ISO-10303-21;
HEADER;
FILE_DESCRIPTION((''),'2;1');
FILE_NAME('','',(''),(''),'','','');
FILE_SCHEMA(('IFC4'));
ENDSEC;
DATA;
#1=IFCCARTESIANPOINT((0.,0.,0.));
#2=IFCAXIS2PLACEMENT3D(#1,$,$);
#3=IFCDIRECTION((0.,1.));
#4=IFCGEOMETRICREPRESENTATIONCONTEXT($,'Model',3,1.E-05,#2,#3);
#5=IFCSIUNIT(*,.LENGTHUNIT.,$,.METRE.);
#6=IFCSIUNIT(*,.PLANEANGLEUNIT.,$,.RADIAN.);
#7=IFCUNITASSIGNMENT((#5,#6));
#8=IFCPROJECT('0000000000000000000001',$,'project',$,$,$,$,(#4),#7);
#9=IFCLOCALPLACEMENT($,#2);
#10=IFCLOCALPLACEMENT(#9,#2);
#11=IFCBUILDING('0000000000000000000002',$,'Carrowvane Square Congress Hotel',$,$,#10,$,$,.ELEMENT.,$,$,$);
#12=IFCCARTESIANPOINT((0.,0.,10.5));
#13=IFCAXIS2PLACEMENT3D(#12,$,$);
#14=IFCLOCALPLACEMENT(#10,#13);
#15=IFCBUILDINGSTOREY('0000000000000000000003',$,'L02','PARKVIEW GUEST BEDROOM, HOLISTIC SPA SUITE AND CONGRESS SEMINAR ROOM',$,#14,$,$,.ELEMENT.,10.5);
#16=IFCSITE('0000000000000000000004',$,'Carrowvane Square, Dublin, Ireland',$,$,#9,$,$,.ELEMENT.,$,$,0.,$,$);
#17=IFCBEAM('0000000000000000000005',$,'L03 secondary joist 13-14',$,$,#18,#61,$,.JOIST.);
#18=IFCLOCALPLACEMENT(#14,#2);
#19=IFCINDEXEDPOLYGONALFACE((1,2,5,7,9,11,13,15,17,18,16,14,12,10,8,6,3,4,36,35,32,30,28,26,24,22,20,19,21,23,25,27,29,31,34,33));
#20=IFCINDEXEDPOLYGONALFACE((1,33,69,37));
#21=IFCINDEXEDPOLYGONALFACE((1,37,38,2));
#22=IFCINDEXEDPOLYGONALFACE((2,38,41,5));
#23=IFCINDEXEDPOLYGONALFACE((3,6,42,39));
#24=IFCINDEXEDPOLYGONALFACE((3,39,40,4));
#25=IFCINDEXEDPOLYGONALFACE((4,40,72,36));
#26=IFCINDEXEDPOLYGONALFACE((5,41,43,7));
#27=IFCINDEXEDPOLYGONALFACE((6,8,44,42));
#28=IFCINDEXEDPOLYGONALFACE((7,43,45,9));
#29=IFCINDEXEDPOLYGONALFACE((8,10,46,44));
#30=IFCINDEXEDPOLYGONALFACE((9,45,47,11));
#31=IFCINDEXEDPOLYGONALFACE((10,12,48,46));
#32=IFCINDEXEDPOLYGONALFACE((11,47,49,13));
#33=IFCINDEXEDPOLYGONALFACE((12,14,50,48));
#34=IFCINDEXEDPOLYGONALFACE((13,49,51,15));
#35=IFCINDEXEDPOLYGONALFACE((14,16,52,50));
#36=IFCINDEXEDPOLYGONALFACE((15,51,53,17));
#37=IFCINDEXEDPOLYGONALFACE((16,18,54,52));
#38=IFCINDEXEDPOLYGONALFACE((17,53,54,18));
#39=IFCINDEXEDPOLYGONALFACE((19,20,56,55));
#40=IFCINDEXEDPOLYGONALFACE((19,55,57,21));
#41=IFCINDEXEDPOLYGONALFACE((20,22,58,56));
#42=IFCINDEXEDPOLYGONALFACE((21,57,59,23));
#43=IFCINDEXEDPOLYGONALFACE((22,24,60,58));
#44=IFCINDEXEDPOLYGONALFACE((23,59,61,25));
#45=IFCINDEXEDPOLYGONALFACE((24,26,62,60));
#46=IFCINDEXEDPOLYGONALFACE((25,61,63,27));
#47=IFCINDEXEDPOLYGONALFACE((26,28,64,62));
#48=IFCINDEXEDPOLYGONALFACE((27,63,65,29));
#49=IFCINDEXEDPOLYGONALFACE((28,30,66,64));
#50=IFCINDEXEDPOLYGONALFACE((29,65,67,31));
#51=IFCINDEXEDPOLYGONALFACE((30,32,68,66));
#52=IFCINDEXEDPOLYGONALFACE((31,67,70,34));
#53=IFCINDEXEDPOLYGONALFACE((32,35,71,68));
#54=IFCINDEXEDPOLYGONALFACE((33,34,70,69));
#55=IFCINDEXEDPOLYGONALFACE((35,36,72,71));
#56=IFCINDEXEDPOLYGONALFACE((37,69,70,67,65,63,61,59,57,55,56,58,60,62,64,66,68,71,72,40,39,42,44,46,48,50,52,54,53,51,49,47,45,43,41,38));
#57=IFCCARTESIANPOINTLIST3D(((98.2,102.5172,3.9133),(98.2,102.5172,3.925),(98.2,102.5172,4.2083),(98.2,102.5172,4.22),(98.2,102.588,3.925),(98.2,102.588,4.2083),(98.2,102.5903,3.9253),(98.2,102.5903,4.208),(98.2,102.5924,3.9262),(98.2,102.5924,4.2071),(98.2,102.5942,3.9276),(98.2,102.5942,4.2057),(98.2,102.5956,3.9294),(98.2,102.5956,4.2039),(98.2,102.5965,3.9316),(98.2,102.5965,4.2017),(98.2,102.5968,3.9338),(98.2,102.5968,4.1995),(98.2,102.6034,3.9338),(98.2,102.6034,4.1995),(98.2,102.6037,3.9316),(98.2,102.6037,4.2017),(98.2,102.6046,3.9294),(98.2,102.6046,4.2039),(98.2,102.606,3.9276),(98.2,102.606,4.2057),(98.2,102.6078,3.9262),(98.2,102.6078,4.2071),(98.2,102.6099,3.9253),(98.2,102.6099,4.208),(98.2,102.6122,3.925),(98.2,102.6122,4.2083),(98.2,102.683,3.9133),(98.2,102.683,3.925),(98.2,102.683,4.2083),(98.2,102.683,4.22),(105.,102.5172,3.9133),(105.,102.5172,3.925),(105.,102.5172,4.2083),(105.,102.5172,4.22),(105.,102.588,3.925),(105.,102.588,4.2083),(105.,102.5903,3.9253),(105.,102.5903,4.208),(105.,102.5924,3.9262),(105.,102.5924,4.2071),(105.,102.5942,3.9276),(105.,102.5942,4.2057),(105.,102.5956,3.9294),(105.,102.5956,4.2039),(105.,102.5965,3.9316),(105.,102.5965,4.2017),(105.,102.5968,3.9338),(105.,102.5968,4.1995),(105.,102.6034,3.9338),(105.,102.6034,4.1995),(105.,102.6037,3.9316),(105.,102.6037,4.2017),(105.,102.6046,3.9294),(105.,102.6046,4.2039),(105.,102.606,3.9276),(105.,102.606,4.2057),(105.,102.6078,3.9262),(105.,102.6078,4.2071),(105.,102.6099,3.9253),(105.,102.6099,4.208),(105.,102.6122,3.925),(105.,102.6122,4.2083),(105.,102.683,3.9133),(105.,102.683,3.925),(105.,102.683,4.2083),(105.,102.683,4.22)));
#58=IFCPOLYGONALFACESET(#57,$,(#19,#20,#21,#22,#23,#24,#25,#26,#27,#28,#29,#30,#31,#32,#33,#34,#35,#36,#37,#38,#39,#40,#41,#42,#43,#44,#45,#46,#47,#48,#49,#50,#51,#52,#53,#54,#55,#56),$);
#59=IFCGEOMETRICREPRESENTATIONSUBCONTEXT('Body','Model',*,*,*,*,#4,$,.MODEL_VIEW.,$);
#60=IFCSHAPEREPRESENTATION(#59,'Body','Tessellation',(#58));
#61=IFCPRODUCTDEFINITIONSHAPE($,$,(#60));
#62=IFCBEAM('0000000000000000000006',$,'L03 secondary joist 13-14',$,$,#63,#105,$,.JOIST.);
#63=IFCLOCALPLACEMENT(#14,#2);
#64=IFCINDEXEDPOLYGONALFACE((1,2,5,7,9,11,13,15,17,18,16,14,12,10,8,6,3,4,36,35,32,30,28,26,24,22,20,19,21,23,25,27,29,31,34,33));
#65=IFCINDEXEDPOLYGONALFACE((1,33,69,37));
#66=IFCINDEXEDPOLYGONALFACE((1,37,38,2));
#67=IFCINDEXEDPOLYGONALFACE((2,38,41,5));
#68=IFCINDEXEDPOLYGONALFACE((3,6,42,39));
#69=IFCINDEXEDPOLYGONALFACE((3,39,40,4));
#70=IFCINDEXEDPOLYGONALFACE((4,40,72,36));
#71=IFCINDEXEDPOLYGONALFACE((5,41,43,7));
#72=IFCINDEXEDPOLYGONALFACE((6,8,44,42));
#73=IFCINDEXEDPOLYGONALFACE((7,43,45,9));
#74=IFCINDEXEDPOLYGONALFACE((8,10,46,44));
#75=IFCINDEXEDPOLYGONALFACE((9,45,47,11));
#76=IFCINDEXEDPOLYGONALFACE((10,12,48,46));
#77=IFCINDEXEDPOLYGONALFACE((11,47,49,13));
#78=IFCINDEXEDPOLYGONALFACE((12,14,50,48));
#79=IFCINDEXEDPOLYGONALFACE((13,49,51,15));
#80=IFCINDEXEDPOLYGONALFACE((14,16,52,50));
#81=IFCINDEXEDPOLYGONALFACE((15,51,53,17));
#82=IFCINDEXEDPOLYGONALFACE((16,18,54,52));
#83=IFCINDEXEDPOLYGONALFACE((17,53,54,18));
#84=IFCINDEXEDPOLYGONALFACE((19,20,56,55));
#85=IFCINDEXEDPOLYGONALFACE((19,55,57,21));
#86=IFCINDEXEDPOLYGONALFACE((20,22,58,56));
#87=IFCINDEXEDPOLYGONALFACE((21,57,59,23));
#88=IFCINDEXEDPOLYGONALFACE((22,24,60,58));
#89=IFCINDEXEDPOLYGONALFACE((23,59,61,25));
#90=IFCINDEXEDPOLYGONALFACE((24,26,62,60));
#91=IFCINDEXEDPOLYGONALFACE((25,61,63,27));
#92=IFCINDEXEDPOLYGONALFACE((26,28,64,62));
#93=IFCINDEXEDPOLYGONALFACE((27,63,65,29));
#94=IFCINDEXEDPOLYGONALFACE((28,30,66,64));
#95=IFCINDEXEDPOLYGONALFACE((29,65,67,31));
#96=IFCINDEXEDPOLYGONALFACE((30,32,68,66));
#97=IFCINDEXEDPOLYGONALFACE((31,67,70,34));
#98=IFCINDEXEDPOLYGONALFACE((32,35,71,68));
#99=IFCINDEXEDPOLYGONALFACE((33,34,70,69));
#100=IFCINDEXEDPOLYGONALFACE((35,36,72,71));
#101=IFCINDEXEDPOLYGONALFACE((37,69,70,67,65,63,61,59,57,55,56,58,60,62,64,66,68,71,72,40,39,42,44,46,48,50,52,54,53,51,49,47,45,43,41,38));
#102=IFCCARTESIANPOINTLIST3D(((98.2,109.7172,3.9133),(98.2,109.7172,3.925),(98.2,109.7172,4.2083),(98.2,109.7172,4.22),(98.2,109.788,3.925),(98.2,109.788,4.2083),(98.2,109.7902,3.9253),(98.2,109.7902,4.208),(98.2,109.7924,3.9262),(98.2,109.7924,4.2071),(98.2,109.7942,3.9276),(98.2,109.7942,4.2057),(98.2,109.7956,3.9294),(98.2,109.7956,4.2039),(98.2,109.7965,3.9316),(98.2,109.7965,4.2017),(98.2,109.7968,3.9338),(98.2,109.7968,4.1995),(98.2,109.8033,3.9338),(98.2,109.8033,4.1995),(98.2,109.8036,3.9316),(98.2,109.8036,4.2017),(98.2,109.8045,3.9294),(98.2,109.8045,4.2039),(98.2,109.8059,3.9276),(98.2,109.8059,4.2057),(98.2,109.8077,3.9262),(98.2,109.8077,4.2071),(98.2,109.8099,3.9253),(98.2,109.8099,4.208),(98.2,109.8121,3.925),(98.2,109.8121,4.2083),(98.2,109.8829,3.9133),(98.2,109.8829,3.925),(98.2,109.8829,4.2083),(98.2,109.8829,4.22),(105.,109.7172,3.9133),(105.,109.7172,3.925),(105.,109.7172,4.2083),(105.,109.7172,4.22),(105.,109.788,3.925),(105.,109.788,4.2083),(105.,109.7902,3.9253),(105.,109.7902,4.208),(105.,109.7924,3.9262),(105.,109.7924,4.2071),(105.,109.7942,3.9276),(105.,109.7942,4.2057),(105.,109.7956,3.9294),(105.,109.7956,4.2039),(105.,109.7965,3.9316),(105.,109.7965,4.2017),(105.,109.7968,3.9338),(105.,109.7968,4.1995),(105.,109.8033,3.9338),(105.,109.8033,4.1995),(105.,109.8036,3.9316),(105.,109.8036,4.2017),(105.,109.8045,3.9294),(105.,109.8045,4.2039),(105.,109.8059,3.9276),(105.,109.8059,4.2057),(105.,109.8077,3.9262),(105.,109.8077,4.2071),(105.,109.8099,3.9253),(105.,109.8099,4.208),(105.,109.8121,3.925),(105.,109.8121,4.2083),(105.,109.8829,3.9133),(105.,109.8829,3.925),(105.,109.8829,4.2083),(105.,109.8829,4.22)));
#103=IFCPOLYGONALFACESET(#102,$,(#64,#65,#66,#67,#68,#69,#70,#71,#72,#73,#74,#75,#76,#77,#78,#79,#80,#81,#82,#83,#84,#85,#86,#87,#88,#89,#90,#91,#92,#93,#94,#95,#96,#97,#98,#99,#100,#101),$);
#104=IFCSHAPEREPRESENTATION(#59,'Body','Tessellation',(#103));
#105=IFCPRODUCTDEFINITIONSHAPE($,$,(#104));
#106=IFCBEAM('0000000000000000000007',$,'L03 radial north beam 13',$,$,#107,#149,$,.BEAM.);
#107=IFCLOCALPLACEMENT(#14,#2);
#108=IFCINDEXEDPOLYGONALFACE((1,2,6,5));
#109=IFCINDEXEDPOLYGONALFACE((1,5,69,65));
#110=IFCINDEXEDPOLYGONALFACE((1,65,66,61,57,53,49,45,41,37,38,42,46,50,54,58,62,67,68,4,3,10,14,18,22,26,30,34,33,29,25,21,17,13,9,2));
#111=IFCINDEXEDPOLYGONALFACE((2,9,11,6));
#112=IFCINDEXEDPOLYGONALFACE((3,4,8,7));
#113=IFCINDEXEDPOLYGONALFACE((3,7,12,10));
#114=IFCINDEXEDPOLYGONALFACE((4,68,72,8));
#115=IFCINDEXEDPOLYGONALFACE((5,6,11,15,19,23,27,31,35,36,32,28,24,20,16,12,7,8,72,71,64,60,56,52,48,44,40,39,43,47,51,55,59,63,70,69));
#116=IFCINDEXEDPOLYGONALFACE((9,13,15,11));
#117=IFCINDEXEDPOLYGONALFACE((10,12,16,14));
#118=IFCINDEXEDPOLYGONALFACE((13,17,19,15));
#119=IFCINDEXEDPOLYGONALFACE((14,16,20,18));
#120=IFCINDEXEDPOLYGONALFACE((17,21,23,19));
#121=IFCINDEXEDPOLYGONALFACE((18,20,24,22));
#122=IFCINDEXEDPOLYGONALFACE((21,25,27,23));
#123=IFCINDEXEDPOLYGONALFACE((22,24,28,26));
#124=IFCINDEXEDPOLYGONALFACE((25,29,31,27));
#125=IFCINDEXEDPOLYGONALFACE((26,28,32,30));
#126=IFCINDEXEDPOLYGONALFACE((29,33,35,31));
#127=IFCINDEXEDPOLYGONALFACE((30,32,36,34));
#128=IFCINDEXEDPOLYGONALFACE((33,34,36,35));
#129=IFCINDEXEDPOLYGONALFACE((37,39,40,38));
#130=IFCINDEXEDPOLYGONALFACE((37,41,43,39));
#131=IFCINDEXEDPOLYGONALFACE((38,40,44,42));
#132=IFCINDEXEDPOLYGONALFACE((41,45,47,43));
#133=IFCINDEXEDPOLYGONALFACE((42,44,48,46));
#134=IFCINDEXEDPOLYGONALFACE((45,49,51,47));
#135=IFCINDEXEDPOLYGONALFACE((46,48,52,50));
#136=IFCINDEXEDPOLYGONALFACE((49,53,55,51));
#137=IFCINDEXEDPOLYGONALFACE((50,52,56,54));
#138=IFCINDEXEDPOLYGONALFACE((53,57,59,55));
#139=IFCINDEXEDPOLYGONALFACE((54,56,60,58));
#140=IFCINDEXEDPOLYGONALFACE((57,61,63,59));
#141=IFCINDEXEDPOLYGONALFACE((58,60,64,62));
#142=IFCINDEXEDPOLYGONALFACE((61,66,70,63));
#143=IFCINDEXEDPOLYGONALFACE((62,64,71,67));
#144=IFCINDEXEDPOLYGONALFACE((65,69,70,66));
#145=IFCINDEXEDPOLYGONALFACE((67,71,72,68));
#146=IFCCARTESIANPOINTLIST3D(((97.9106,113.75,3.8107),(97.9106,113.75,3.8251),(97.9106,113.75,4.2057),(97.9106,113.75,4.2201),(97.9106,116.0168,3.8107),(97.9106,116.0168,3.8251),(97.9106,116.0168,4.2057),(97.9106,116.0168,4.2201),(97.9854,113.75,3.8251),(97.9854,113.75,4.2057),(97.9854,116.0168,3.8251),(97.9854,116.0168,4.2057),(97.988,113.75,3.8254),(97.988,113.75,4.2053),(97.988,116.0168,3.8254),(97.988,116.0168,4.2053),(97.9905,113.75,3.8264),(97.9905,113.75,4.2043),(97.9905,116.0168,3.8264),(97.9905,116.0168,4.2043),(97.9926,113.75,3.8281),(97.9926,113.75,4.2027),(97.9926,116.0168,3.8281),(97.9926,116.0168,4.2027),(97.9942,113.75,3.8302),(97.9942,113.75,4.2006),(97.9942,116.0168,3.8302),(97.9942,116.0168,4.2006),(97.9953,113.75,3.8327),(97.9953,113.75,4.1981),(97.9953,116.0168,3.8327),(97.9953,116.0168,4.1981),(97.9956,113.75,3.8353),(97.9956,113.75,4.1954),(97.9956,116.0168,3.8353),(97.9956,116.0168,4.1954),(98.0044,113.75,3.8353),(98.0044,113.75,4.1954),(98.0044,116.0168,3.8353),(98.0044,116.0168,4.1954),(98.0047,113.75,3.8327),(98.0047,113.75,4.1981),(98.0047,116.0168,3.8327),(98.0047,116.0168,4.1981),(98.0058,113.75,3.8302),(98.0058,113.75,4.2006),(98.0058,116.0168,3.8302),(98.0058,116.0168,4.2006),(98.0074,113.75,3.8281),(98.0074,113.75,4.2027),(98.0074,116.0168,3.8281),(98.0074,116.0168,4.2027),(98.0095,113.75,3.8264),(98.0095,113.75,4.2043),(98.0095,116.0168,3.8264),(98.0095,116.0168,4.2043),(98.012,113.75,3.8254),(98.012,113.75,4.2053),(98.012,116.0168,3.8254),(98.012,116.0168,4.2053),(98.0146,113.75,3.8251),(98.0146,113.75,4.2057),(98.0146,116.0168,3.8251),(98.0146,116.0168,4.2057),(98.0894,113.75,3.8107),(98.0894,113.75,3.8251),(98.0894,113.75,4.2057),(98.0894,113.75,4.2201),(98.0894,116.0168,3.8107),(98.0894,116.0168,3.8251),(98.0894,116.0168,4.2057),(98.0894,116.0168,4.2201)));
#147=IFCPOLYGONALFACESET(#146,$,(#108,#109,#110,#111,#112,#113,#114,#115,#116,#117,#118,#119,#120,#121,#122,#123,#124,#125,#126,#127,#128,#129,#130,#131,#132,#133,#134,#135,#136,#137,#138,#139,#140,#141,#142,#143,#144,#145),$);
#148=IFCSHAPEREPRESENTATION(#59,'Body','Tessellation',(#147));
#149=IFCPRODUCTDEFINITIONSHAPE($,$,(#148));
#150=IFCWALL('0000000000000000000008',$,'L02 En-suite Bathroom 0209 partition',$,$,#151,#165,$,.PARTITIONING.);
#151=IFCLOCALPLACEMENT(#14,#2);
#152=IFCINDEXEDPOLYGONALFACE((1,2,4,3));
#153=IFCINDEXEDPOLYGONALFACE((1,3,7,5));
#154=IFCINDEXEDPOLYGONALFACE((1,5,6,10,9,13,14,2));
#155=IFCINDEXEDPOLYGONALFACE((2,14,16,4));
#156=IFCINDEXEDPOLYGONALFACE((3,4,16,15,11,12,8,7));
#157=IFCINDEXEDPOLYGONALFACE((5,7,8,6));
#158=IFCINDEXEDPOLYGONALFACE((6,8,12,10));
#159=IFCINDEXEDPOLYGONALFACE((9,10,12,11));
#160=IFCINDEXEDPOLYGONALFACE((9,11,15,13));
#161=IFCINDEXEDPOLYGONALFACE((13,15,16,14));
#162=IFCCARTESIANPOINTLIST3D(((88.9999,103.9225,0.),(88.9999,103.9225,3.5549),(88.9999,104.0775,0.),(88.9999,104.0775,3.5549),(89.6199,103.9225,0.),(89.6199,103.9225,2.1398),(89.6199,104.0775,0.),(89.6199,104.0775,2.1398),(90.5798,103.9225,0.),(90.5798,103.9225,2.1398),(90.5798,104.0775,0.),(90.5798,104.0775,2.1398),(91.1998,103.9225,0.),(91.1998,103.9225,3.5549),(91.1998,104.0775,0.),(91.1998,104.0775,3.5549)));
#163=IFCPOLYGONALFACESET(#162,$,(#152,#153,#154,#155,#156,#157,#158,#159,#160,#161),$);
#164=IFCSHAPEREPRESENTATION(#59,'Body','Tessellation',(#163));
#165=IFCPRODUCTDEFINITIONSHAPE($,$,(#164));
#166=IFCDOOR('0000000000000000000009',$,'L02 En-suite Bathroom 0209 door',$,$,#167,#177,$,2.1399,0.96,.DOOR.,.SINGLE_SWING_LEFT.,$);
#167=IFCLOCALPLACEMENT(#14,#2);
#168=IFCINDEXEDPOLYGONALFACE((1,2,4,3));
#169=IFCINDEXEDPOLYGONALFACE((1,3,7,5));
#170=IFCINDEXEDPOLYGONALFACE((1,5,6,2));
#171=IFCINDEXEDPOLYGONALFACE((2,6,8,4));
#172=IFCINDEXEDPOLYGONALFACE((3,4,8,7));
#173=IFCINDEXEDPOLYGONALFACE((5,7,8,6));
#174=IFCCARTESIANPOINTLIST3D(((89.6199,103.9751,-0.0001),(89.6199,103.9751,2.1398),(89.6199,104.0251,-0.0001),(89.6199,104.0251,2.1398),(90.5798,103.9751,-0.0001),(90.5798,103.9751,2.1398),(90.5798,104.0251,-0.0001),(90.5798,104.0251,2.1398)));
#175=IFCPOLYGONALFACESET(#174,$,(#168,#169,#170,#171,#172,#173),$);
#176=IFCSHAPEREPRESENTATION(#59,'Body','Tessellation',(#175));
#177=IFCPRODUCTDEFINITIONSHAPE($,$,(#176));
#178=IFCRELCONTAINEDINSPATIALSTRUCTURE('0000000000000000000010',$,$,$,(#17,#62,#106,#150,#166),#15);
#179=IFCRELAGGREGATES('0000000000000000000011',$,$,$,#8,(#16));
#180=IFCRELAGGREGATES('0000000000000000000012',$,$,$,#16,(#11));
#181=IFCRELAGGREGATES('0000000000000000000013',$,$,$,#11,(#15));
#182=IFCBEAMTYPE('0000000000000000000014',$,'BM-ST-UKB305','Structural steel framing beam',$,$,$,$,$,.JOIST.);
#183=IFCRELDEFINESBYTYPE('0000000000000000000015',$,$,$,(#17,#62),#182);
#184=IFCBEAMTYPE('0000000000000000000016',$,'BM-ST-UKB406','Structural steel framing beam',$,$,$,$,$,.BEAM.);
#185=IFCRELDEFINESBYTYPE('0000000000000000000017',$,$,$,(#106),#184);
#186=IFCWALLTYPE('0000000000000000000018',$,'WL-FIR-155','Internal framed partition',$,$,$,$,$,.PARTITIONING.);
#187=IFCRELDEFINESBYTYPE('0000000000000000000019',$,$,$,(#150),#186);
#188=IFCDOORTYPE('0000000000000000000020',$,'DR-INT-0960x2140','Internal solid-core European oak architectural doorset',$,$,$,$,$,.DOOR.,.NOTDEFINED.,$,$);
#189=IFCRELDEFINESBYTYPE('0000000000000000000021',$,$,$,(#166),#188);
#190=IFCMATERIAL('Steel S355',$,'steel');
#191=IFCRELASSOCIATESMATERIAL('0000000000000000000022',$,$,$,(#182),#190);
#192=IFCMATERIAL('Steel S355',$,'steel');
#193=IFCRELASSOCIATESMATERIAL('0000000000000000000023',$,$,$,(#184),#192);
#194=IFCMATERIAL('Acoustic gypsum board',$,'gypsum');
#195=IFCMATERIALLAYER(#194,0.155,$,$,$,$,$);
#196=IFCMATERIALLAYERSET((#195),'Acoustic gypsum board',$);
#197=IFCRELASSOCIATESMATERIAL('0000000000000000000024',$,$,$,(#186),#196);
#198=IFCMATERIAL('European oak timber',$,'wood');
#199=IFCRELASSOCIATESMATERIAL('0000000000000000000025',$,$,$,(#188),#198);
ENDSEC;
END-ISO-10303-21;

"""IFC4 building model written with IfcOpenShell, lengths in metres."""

from ifc_helpers import new_model, si_unit, direction, frame, frame_2d, origin, origin_2d, place, context, subcontext, project, spatial, rectangle, i_section, extrude, material, layer, layer_set, material_profile, profile_set, type_object, element, fill, save


model = new_model("IFC4")

# Units and contexts
model_context = context("Model", 3, precision=1e-05, world=origin(), true_north=direction((0.0, 1.0)))
body_context = subcontext(model_context, "Body", "Model", "MODEL_VIEW")
ifc_project = project(units=[si_unit("LENGTHUNIT", "METRE"), si_unit("PLANEANGLEUNIT", "RADIAN")], contexts=[model_context])

# Site, building, storey
site_placement = place(None, origin())
site = spatial("IfcSite", under=ifc_project, at=site_placement, Name="Carrowvane Square, Dublin, Ireland", CompositionType="ELEMENT", RefElevation=0.0)
building_placement = place(site_placement, origin())
building = spatial("IfcBuilding", under=site, at=building_placement, Name="Carrowvane Square Congress Hotel", CompositionType="ELEMENT")
storey_placement = place(building_placement, frame((0.0, 0.0, 10.5)))
storey = spatial("IfcBuildingStorey", under=building, at=storey_placement, Name="L02", Description="PARKVIEW GUEST BEDROOM, HOLISTIC SPA SUITE AND CONGRESS SEMINAR ROOM", CompositionType="ELEMENT", Elevation=10.5)

# Beams
ifc_material_1 = material(Name="Steel S355", Category="steel")
ifc_material_profile_1 = material_profile(ifc_material_1, i_section(OverallWidth=0.1658, OverallDepth=0.3066, WebThickness=0.0066, FlangeThickness=0.0117, FilletRadius=0.0088, at=origin_2d()), Name="UKB 305x165x46")
ifc_profile_set_1 = profile_set([ifc_material_profile_1], Name="Steel S355")
beam_type_1 = type_object("IfcBeamType", Name="BM-ST-UKB305", Description="Structural steel framing beam", PredefinedType="JOIST", material=ifc_profile_set_1)
for number, where, z_axis, x_axis, name in (
    (1, (98.2, 102.6001, 4.0667), (1.0, 0.0, 0.0), (0.0, 1.0, 0.0), "L03 secondary joist 13-14"),
    (2, (98.2, 109.8, 4.0667), (1.0, 0.0, 0.0), (0.0, 1.0, 0.0), "L03 secondary joist 13-14"),
):
    element("IfcBeam", number, at=place(storey_placement, frame(where, z_axis=z_axis, x_axis=x_axis)), inside=storey, type_object=beam_type_1, Name=name, PredefinedType="JOIST", context=body_context, shape_type="SweptSolid", body=[
        extrude(i_section(OverallWidth=0.1658, OverallDepth=0.3066, WebThickness=0.0066, FlangeThickness=0.0117, FilletRadius=0.0088, at=origin_2d()), origin(), (0.0, 0.0, 1.0), 6.8),
    ])
ifc_material_2 = material(Name="Steel S355", Category="steel")
ifc_material_profile_2 = material_profile(ifc_material_2, i_section(OverallWidth=0.1787, OverallDepth=0.4094, WebThickness=0.0088, FlangeThickness=0.0144, FilletRadius=0.0103, at=origin_2d()), Name="UKB 406x178x67")
ifc_profile_set_2 = profile_set([ifc_material_profile_2], Name="Steel S355")
beam_type_2 = type_object("IfcBeamType", Name="BM-ST-UKB406", Description="Structural steel framing beam", PredefinedType="BEAM", material=ifc_profile_set_2)
beam_1_placement = place(storey_placement, frame((98.0, 113.75, 4.0154), z_axis=(0.0, 1.0, 0.0), x_axis=(-1.0, 0.0, 0.0)))
element("IfcBeam", 3, at=beam_1_placement, inside=storey, type_object=beam_type_2, Name="L03 radial north beam 13", PredefinedType="BEAM", context=body_context, shape_type="SweptSolid", body=[
    extrude(i_section(OverallWidth=0.1787, OverallDepth=0.4094, WebThickness=0.0088, FlangeThickness=0.0144, FilletRadius=0.0103, at=origin_2d()), origin(), (0.0, 0.0, 1.0), 2.2668),
])

# Wall, opening, door
ifc_material_3 = material(Name="Acoustic gypsum board", Category="gypsum")
ifc_layer_1 = layer(ifc_material_3, 0.155)
ifc_layer_set_1 = layer_set([ifc_layer_1], Name="Acoustic gypsum board")
wall_type_1 = type_object("IfcWallType", Name="WL-FIR-155", Description="Internal framed partition", PredefinedType="PARTITIONING", material=ifc_layer_set_1)
wall_1_placement = place(storey_placement, frame((91.2, 104.0, 0.0), z_axis=(0.0, 0.0, 1.0), x_axis=(-1.0, 0.0, 0.0)))
wall_1 = element("IfcWall", 4, at=wall_1_placement, inside=storey, type_object=wall_type_1, Name="L02 En-suite Bathroom 0209 partition", PredefinedType="PARTITIONING", context=body_context, shape_type="SweptSolid", body=[
    extrude(rectangle(XDim=2.2, YDim=0.155, at=frame_2d((1.1001, 0.0))), origin(), (0.0, 0.0, 1.0), 3.5549),
])
opening_1_placement = place(wall_1_placement, frame((0.6201, 0.0, 0.0)))
opening_1 = element("IfcOpeningElement", 5, at=opening_1_placement, cuts=wall_1, PredefinedType="OPENING", context=body_context, shape_type="SweptSolid", body=[
    extrude(rectangle(XDim=0.96, YDim=2.1399, at=frame_2d((0.48, 1.0698))), frame((0.0, 0.0874, 0.0), z_axis=(0.0, -1.0, 0.0), x_axis=(1.0, 0.0, 0.0)), (0.0, 0.0, 1.0), 0.175),
])
ifc_material_4 = material(Name="European oak timber", Category="wood")
door_type_1 = type_object("IfcDoorType", Name="DR-INT-0960x2140", Description="Internal solid-core European oak architectural doorset", OperationType="NOTDEFINED", PredefinedType="DOOR", material=ifc_material_4)
door_1_placement = place(opening_1_placement, origin())
door_1 = element("IfcDoor", 6, at=door_1_placement, inside=storey, type_object=door_type_1, Name="L02 En-suite Bathroom 0209 door", OperationType="SINGLE_SWING_LEFT", OverallHeight=2.1399, OverallWidth=0.96, PredefinedType="DOOR", context=body_context, shape_type="SweptSolid", body=[
    extrude(rectangle(XDim=0.96, YDim=2.1399, at=frame_2d((0.48, 1.0698))), frame((0.0, 0.0249, 0.0), z_axis=(0.0, -1.0, 0.0), x_axis=(1.0, 0.0, 0.0)), (0.0, 0.0, 1.0), 0.05),
])
fill(opening_1, door_1)

save(model, "model.ifc")
